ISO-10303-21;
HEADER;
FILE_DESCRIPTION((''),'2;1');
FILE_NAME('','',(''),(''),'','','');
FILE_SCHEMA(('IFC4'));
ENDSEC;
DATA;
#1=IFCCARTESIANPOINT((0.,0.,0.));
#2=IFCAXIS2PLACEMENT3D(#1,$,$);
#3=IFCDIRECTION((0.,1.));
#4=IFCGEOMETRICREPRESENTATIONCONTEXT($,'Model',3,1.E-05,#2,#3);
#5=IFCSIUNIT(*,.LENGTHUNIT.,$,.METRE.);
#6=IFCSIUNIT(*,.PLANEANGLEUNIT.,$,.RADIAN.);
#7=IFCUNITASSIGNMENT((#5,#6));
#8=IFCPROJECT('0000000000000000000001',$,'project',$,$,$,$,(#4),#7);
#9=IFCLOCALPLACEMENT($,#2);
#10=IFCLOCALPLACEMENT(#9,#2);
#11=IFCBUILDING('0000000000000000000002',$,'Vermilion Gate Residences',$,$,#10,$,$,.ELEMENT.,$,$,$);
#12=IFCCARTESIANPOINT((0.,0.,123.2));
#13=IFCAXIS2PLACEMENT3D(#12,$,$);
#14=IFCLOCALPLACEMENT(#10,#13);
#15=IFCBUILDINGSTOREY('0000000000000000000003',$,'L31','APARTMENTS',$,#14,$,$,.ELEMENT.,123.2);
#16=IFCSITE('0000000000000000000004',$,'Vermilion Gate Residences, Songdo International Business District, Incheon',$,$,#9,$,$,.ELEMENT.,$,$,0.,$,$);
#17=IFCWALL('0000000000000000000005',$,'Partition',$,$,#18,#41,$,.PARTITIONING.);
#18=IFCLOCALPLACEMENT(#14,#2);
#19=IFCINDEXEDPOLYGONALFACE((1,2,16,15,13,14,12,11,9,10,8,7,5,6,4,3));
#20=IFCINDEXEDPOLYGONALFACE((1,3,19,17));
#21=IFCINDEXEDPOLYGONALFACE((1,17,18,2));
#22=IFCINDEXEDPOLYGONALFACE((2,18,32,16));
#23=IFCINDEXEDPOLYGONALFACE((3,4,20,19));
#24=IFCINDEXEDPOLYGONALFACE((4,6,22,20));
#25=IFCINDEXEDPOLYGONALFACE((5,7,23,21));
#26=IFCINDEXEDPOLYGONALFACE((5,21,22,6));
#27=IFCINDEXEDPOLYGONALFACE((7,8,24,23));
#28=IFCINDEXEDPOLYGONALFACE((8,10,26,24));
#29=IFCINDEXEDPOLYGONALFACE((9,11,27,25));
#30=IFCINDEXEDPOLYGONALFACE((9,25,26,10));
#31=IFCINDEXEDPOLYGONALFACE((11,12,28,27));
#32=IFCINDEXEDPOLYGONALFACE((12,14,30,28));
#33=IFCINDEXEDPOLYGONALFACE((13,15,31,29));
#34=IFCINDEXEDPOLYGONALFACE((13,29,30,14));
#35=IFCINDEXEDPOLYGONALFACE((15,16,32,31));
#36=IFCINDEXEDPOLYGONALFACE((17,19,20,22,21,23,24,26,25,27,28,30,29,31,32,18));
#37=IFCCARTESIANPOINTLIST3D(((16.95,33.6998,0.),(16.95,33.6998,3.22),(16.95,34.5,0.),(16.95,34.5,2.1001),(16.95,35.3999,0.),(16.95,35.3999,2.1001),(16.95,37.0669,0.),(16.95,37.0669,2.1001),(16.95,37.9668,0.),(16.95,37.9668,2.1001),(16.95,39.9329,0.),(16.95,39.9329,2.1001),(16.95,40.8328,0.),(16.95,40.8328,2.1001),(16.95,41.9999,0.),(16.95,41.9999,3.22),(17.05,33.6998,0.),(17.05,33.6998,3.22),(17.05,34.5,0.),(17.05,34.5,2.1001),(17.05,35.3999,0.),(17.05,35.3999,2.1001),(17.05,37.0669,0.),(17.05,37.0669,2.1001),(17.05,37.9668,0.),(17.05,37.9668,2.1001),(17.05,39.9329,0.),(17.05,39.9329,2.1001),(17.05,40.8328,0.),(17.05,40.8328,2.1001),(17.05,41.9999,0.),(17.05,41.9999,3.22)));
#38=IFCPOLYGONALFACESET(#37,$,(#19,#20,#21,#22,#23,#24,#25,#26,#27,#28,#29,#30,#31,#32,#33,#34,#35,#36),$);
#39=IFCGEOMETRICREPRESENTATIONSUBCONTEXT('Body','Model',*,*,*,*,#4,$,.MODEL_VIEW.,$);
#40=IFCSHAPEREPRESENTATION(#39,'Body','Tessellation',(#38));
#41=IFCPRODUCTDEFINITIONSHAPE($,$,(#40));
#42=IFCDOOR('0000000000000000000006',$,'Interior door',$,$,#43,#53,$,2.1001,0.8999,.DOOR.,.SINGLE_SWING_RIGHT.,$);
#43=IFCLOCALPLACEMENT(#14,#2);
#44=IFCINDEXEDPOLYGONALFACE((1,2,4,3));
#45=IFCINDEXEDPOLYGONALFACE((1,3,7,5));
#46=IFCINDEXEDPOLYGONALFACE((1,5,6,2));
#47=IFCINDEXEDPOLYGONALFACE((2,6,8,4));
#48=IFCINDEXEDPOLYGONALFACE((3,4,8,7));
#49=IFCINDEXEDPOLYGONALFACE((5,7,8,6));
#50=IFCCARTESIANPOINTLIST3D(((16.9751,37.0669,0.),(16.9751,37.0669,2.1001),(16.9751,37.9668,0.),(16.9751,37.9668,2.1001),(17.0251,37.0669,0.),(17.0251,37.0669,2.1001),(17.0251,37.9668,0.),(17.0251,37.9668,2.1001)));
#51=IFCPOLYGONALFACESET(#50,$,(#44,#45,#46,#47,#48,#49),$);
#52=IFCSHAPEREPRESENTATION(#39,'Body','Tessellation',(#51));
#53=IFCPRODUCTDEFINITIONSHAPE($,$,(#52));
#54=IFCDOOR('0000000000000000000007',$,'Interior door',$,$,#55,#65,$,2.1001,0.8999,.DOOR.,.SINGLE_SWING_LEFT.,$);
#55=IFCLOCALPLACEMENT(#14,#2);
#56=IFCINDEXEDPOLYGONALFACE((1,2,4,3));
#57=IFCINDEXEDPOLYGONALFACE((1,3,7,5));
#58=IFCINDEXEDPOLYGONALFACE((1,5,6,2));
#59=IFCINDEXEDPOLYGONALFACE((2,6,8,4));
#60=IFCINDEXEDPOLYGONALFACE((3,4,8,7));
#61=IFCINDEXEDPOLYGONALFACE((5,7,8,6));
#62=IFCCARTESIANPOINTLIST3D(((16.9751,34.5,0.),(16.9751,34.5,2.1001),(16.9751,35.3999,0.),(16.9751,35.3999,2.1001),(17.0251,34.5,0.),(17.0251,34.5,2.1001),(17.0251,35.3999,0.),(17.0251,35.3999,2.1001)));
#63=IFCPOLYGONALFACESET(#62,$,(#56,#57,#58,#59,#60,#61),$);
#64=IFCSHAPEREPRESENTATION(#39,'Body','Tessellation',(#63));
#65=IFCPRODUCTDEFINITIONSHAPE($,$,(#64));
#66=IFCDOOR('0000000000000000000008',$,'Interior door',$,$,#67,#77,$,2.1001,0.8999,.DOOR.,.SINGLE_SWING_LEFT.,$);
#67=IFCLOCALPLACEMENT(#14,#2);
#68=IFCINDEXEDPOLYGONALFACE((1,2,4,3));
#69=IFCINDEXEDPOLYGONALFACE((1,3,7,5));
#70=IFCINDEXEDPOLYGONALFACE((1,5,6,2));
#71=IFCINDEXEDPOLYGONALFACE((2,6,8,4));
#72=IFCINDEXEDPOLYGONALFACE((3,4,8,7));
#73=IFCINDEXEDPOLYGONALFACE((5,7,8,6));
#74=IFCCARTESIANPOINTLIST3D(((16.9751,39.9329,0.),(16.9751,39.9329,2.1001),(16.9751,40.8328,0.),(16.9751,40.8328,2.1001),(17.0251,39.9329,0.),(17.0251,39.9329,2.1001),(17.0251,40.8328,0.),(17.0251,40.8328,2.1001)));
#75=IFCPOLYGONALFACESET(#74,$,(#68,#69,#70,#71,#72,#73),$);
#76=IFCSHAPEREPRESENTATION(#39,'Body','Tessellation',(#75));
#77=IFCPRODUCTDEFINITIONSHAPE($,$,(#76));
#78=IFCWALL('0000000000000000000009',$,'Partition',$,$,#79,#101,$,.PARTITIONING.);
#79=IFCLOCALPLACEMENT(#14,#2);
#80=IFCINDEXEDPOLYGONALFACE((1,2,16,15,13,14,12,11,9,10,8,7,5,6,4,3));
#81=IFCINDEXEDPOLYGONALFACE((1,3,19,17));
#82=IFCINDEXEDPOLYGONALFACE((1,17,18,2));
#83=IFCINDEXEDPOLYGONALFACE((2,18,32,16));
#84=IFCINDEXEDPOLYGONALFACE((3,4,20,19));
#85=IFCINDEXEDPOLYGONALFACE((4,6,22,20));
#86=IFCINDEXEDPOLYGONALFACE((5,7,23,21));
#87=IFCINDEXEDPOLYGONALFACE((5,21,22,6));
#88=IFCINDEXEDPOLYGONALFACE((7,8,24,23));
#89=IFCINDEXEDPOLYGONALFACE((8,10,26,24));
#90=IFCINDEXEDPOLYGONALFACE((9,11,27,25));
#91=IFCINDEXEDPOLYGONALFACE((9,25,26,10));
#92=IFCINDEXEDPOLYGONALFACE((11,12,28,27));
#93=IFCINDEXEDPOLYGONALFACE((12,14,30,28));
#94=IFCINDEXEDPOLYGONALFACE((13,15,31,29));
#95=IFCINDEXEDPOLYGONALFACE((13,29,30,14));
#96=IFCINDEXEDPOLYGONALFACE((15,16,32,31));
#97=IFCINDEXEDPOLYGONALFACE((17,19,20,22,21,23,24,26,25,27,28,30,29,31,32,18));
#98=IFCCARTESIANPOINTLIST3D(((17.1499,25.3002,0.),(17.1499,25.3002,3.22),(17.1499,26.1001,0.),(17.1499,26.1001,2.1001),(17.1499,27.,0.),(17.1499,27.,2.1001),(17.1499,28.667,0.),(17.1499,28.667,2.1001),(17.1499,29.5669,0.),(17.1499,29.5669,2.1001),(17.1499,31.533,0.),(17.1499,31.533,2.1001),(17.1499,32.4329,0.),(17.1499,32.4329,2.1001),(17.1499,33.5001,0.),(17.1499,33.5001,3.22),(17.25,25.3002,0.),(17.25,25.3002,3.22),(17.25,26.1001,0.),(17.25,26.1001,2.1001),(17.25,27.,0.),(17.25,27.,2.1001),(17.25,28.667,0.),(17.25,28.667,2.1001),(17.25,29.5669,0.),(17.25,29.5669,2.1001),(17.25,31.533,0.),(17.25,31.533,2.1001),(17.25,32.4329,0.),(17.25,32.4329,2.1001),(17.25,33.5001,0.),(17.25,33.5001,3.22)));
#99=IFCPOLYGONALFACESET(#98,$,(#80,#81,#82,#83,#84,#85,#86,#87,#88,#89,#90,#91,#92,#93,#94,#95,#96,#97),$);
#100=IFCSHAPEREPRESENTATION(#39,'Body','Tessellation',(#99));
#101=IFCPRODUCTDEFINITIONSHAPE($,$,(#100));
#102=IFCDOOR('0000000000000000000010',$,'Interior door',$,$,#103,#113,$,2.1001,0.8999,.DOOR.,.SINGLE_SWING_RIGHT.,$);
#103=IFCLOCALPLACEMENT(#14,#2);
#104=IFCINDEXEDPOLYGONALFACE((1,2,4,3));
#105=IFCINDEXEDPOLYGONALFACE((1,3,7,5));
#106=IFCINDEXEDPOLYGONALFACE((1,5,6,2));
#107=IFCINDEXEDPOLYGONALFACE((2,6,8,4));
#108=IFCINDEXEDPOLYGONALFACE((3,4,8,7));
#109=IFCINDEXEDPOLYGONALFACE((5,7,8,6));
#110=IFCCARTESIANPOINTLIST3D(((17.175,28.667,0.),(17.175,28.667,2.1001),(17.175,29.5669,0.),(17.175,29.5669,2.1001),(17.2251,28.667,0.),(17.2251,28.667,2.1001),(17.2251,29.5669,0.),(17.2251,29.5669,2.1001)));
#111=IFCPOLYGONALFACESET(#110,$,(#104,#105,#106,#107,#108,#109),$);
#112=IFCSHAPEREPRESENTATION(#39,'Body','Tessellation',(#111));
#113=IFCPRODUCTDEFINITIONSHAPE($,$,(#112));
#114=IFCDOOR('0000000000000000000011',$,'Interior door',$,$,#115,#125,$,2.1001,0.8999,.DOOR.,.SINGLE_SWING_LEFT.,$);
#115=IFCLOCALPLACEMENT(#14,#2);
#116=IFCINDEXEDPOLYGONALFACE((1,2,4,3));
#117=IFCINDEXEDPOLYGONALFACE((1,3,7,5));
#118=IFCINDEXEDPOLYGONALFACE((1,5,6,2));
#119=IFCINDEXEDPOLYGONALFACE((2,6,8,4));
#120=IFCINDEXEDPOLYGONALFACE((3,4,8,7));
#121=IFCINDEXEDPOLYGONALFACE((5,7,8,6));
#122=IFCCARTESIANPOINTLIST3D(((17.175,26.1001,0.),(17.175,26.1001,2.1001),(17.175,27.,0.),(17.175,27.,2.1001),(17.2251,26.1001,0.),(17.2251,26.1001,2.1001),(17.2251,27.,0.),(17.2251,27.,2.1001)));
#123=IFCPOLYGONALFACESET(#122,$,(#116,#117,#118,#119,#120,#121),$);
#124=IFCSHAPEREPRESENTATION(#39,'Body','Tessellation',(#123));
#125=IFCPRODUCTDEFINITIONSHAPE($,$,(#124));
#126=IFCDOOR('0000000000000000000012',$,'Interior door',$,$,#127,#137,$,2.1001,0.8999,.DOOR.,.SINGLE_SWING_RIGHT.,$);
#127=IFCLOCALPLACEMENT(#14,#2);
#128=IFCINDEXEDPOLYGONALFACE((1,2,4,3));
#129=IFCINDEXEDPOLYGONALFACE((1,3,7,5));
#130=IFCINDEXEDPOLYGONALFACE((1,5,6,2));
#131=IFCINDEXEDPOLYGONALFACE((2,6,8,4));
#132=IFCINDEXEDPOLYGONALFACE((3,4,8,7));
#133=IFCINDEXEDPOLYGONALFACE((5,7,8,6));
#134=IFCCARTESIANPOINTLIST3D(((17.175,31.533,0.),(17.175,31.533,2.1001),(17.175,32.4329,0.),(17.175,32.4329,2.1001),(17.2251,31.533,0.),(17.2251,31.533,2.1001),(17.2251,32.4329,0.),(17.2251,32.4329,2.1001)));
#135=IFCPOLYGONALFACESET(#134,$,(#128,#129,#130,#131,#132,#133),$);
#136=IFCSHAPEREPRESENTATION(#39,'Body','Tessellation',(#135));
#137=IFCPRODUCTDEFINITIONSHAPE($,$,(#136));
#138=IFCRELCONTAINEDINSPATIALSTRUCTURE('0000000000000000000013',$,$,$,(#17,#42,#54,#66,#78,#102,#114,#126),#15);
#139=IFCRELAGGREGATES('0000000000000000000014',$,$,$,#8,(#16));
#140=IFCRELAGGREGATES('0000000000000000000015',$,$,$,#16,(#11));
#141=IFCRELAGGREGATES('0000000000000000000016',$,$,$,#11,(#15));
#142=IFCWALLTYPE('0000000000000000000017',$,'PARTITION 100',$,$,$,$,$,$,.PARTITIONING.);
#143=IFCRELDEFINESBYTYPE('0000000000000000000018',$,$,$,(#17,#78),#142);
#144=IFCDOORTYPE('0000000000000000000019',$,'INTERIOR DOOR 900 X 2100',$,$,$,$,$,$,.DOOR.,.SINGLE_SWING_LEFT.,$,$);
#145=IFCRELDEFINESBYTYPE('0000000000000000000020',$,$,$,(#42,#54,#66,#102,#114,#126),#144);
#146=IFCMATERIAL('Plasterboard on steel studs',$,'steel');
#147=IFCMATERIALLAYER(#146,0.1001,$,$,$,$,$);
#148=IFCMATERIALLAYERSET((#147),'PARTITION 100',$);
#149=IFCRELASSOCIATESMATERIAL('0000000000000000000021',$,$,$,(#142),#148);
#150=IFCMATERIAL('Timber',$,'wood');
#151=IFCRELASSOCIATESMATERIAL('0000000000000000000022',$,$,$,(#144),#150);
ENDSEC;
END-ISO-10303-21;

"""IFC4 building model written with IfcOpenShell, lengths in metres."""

from ifc_helpers import new_model, si_unit, direction, frame, frame_2d, origin, place, context, subcontext, project, spatial, rectangle, extrude, material, layer, layer_set, type_object, element, fill, save


model = new_model("IFC4")

# Units and contexts
model_context = context("Model", 3, precision=1e-05, world=origin(), true_north=direction((0.0, 1.0)))
body_context = subcontext(model_context, "Body", "Model", "MODEL_VIEW")
ifc_project = project(units=[si_unit("LENGTHUNIT", "METRE"), si_unit("PLANEANGLEUNIT", "RADIAN")], contexts=[model_context])

# Site, building, storey
site_placement = place(None, origin())
site = spatial("IfcSite", under=ifc_project, at=site_placement, Name="Vermilion Gate Residences, Songdo International Business District, Incheon", CompositionType="ELEMENT", RefElevation=0.0)
building_placement = place(site_placement, origin())
building = spatial("IfcBuilding", under=site, at=building_placement, Name="Vermilion Gate Residences", CompositionType="ELEMENT")
storey_placement = place(building_placement, frame((0.0, 0.0, 123.2)))
storey = spatial("IfcBuildingStorey", under=building, at=storey_placement, Name="L31", Description="APARTMENTS", CompositionType="ELEMENT", Elevation=123.2)

# Shared definitions
ifc_material_1 = material(Name="Plasterboard on steel studs", Category="steel")
ifc_layer_1 = layer(ifc_material_1, 0.1001)
ifc_layer_set_1 = layer_set([ifc_layer_1], Name="PARTITION 100")
wall_type = type_object("IfcWallType", Name="PARTITION 100", PredefinedType="PARTITIONING", material=ifc_layer_set_1)

# Walls, openings, doors
wall_1_placement = place(storey_placement, frame((17.0, 33.7, 0.0), z_axis=(0.0, 0.0, 1.0), x_axis=(0.0, 1.0, 0.0)))
wall_1 = element("IfcWall", 1, at=wall_1_placement, inside=storey, type_object=wall_type, Name="Partition", PredefinedType="PARTITIONING", context=body_context, shape_type="SweptSolid", body=[
    extrude(rectangle(XDim=8.3, YDim=0.1001, at=frame_2d((4.1499, 0.0))), origin(), (0.0, 0.0, 1.0), 3.22),
])
opening_1_placement = place(wall_1_placement, frame((3.3669, 0.0, 0.0)))
opening_1 = element("IfcOpeningElement", 2, at=opening_1_placement, cuts=wall_1, PredefinedType="OPENING", context=body_context, shape_type="SweptSolid", body=[
    extrude(rectangle(XDim=0.8999, YDim=2.1001, at=frame_2d((0.45, 1.05))), frame((0.0, 0.0601, 0.0), z_axis=(0.0, -1.0, 0.0), x_axis=(1.0, 0.0, 0.0)), (0.0, 0.0, 1.0), 0.1201),
])
opening_2_placement = place(wall_1_placement, frame((0.8, 0.0, 0.0)))
opening_2 = element("IfcOpeningElement", 3, at=opening_2_placement, cuts=wall_1, PredefinedType="OPENING", context=body_context, shape_type="SweptSolid", body=[
    extrude(rectangle(XDim=0.8999, YDim=2.1001, at=frame_2d((0.45, 1.05))), frame((0.0, 0.0601, 0.0), z_axis=(0.0, -1.0, 0.0), x_axis=(1.0, 0.0, 0.0)), (0.0, 0.0, 1.0), 0.1201),
])
opening_3_placement = place(wall_1_placement, frame((6.2329, 0.0, 0.0)))
opening_3 = element("IfcOpeningElement", 4, at=opening_3_placement, cuts=wall_1, PredefinedType="OPENING", context=body_context, shape_type="SweptSolid", body=[
    extrude(rectangle(XDim=0.8999, YDim=2.1001, at=frame_2d((0.45, 1.05))), frame((0.0, 0.0601, 0.0), z_axis=(0.0, -1.0, 0.0), x_axis=(1.0, 0.0, 0.0)), (0.0, 0.0, 1.0), 0.1201),
])
ifc_material_2 = material(Name="Timber", Category="wood")
door_type = type_object("IfcDoorType", Name="INTERIOR DOOR 900 X 2100", OperationType="SINGLE_SWING_LEFT", PredefinedType="DOOR", material=ifc_material_2)
door_1_placement = place(opening_1_placement, origin())
door_1 = element("IfcDoor", 5, at=door_1_placement, inside=storey, type_object=door_type, Name="Interior door", OperationType="SINGLE_SWING_RIGHT", OverallHeight=2.1001, OverallWidth=0.8999, PredefinedType="DOOR", context=body_context, shape_type="SweptSolid", body=[
    extrude(rectangle(XDim=0.8999, YDim=2.1001, at=frame_2d((0.45, 1.05))), frame((0.0, 0.0249, 0.0), z_axis=(0.0, -1.0, 0.0), x_axis=(1.0, 0.0, 0.0)), (0.0, 0.0, 1.0), 0.05),
])
fill(opening_1, door_1)
door_2_placement = place(opening_2_placement, origin())
door_2 = element("IfcDoor", 6, at=door_2_placement, inside=storey, type_object=door_type, Name="Interior door", OperationType="SINGLE_SWING_LEFT", OverallHeight=2.1001, OverallWidth=0.8999, PredefinedType="DOOR", context=body_context, shape_type="SweptSolid", body=[
    extrude(rectangle(XDim=0.8999, YDim=2.1001, at=frame_2d((0.45, 1.05))), frame((0.0, 0.0249, 0.0), z_axis=(0.0, -1.0, 0.0), x_axis=(1.0, 0.0, 0.0)), (0.0, 0.0, 1.0), 0.05),
])
fill(opening_2, door_2)
door_3_placement = place(opening_3_placement, origin())
door_3 = element("IfcDoor", 7, at=door_3_placement, inside=storey, type_object=door_type, Name="Interior door", OperationType="SINGLE_SWING_LEFT", OverallHeight=2.1001, OverallWidth=0.8999, PredefinedType="DOOR", context=body_context, shape_type="SweptSolid", body=[
    extrude(rectangle(XDim=0.8999, YDim=2.1001, at=frame_2d((0.45, 1.05))), frame((0.0, 0.0249, 0.0), z_axis=(0.0, -1.0, 0.0), x_axis=(1.0, 0.0, 0.0)), (0.0, 0.0, 1.0), 0.05),
])
fill(opening_3, door_3)
wall_2_placement = place(storey_placement, frame((17.2, 25.3, 0.0), z_axis=(0.0, 0.0, 1.0), x_axis=(0.0, 1.0, 0.0)))
wall_2 = element("IfcWall", 8, at=wall_2_placement, inside=storey, type_object=wall_type, Name="Partition", PredefinedType="PARTITIONING", context=body_context, shape_type="SweptSolid", body=[
    extrude(rectangle(XDim=8.2, YDim=0.1001, at=frame_2d((4.1001, 0.0))), origin(), (0.0, 0.0, 1.0), 3.22),
])
opening_4_placement = place(wall_2_placement, frame((3.3669, 0.0, 0.0)))
opening_4 = element("IfcOpeningElement", 9, at=opening_4_placement, cuts=wall_2, PredefinedType="OPENING", context=body_context, shape_type="SweptSolid", body=[
    extrude(rectangle(XDim=0.8999, YDim=2.1001, at=frame_2d((0.45, 1.05))), frame((0.0, 0.0601, 0.0), z_axis=(0.0, -1.0, 0.0), x_axis=(1.0, 0.0, 0.0)), (0.0, 0.0, 1.0), 0.1201),
])
opening_5_placement = place(wall_2_placement, frame((0.8, 0.0, 0.0)))
opening_5 = element("IfcOpeningElement", 10, at=opening_5_placement, cuts=wall_2, PredefinedType="OPENING", context=body_context, shape_type="SweptSolid", body=[
    extrude(rectangle(XDim=0.8999, YDim=2.1001, at=frame_2d((0.45, 1.05))), frame((0.0, 0.0601, 0.0), z_axis=(0.0, -1.0, 0.0), x_axis=(1.0, 0.0, 0.0)), (0.0, 0.0, 1.0), 0.1201),
])
opening_6_placement = place(wall_2_placement, frame((6.2329, 0.0, 0.0)))
opening_6 = element("IfcOpeningElement", 11, at=opening_6_placement, cuts=wall_2, PredefinedType="OPENING", context=body_context, shape_type="SweptSolid", body=[
    extrude(rectangle(XDim=0.8999, YDim=2.1001, at=frame_2d((0.45, 1.05))), frame((0.0, 0.0601, 0.0), z_axis=(0.0, -1.0, 0.0), x_axis=(1.0, 0.0, 0.0)), (0.0, 0.0, 1.0), 0.1201),
])
door_4_placement = place(opening_4_placement, origin())
door_4 = element("IfcDoor", 12, at=door_4_placement, inside=storey, type_object=door_type, Name="Interior door", OperationType="SINGLE_SWING_RIGHT", OverallHeight=2.1001, OverallWidth=0.8999, PredefinedType="DOOR", context=body_context, shape_type="SweptSolid", body=[
    extrude(rectangle(XDim=0.8999, YDim=2.1001, at=frame_2d((0.45, 1.05))), frame((0.0, 0.0249, 0.0), z_axis=(0.0, -1.0, 0.0), x_axis=(1.0, 0.0, 0.0)), (0.0, 0.0, 1.0), 0.05),
])
fill(opening_4, door_4)
door_5_placement = place(opening_5_placement, origin())
door_5 = element("IfcDoor", 13, at=door_5_placement, inside=storey, type_object=door_type, Name="Interior door", OperationType="SINGLE_SWING_LEFT", OverallHeight=2.1001, OverallWidth=0.8999, PredefinedType="DOOR", context=body_context, shape_type="SweptSolid", body=[
    extrude(rectangle(XDim=0.8999, YDim=2.1001, at=frame_2d((0.45, 1.05))), frame((0.0, 0.0249, 0.0), z_axis=(0.0, -1.0, 0.0), x_axis=(1.0, 0.0, 0.0)), (0.0, 0.0, 1.0), 0.05),
])
fill(opening_5, door_5)
door_6_placement = place(opening_6_placement, origin())
door_6 = element("IfcDoor", 14, at=door_6_placement, inside=storey, type_object=door_type, Name="Interior door", OperationType="SINGLE_SWING_RIGHT", OverallHeight=2.1001, OverallWidth=0.8999, PredefinedType="DOOR", context=body_context, shape_type="SweptSolid", body=[
    extrude(rectangle(XDim=0.8999, YDim=2.1001, at=frame_2d((0.45, 1.05))), frame((0.0, 0.0249, 0.0), z_axis=(0.0, -1.0, 0.0), x_axis=(1.0, 0.0, 0.0)), (0.0, 0.0, 1.0), 0.05),
])
fill(opening_6, door_6)

save(model, "model.ifc")
